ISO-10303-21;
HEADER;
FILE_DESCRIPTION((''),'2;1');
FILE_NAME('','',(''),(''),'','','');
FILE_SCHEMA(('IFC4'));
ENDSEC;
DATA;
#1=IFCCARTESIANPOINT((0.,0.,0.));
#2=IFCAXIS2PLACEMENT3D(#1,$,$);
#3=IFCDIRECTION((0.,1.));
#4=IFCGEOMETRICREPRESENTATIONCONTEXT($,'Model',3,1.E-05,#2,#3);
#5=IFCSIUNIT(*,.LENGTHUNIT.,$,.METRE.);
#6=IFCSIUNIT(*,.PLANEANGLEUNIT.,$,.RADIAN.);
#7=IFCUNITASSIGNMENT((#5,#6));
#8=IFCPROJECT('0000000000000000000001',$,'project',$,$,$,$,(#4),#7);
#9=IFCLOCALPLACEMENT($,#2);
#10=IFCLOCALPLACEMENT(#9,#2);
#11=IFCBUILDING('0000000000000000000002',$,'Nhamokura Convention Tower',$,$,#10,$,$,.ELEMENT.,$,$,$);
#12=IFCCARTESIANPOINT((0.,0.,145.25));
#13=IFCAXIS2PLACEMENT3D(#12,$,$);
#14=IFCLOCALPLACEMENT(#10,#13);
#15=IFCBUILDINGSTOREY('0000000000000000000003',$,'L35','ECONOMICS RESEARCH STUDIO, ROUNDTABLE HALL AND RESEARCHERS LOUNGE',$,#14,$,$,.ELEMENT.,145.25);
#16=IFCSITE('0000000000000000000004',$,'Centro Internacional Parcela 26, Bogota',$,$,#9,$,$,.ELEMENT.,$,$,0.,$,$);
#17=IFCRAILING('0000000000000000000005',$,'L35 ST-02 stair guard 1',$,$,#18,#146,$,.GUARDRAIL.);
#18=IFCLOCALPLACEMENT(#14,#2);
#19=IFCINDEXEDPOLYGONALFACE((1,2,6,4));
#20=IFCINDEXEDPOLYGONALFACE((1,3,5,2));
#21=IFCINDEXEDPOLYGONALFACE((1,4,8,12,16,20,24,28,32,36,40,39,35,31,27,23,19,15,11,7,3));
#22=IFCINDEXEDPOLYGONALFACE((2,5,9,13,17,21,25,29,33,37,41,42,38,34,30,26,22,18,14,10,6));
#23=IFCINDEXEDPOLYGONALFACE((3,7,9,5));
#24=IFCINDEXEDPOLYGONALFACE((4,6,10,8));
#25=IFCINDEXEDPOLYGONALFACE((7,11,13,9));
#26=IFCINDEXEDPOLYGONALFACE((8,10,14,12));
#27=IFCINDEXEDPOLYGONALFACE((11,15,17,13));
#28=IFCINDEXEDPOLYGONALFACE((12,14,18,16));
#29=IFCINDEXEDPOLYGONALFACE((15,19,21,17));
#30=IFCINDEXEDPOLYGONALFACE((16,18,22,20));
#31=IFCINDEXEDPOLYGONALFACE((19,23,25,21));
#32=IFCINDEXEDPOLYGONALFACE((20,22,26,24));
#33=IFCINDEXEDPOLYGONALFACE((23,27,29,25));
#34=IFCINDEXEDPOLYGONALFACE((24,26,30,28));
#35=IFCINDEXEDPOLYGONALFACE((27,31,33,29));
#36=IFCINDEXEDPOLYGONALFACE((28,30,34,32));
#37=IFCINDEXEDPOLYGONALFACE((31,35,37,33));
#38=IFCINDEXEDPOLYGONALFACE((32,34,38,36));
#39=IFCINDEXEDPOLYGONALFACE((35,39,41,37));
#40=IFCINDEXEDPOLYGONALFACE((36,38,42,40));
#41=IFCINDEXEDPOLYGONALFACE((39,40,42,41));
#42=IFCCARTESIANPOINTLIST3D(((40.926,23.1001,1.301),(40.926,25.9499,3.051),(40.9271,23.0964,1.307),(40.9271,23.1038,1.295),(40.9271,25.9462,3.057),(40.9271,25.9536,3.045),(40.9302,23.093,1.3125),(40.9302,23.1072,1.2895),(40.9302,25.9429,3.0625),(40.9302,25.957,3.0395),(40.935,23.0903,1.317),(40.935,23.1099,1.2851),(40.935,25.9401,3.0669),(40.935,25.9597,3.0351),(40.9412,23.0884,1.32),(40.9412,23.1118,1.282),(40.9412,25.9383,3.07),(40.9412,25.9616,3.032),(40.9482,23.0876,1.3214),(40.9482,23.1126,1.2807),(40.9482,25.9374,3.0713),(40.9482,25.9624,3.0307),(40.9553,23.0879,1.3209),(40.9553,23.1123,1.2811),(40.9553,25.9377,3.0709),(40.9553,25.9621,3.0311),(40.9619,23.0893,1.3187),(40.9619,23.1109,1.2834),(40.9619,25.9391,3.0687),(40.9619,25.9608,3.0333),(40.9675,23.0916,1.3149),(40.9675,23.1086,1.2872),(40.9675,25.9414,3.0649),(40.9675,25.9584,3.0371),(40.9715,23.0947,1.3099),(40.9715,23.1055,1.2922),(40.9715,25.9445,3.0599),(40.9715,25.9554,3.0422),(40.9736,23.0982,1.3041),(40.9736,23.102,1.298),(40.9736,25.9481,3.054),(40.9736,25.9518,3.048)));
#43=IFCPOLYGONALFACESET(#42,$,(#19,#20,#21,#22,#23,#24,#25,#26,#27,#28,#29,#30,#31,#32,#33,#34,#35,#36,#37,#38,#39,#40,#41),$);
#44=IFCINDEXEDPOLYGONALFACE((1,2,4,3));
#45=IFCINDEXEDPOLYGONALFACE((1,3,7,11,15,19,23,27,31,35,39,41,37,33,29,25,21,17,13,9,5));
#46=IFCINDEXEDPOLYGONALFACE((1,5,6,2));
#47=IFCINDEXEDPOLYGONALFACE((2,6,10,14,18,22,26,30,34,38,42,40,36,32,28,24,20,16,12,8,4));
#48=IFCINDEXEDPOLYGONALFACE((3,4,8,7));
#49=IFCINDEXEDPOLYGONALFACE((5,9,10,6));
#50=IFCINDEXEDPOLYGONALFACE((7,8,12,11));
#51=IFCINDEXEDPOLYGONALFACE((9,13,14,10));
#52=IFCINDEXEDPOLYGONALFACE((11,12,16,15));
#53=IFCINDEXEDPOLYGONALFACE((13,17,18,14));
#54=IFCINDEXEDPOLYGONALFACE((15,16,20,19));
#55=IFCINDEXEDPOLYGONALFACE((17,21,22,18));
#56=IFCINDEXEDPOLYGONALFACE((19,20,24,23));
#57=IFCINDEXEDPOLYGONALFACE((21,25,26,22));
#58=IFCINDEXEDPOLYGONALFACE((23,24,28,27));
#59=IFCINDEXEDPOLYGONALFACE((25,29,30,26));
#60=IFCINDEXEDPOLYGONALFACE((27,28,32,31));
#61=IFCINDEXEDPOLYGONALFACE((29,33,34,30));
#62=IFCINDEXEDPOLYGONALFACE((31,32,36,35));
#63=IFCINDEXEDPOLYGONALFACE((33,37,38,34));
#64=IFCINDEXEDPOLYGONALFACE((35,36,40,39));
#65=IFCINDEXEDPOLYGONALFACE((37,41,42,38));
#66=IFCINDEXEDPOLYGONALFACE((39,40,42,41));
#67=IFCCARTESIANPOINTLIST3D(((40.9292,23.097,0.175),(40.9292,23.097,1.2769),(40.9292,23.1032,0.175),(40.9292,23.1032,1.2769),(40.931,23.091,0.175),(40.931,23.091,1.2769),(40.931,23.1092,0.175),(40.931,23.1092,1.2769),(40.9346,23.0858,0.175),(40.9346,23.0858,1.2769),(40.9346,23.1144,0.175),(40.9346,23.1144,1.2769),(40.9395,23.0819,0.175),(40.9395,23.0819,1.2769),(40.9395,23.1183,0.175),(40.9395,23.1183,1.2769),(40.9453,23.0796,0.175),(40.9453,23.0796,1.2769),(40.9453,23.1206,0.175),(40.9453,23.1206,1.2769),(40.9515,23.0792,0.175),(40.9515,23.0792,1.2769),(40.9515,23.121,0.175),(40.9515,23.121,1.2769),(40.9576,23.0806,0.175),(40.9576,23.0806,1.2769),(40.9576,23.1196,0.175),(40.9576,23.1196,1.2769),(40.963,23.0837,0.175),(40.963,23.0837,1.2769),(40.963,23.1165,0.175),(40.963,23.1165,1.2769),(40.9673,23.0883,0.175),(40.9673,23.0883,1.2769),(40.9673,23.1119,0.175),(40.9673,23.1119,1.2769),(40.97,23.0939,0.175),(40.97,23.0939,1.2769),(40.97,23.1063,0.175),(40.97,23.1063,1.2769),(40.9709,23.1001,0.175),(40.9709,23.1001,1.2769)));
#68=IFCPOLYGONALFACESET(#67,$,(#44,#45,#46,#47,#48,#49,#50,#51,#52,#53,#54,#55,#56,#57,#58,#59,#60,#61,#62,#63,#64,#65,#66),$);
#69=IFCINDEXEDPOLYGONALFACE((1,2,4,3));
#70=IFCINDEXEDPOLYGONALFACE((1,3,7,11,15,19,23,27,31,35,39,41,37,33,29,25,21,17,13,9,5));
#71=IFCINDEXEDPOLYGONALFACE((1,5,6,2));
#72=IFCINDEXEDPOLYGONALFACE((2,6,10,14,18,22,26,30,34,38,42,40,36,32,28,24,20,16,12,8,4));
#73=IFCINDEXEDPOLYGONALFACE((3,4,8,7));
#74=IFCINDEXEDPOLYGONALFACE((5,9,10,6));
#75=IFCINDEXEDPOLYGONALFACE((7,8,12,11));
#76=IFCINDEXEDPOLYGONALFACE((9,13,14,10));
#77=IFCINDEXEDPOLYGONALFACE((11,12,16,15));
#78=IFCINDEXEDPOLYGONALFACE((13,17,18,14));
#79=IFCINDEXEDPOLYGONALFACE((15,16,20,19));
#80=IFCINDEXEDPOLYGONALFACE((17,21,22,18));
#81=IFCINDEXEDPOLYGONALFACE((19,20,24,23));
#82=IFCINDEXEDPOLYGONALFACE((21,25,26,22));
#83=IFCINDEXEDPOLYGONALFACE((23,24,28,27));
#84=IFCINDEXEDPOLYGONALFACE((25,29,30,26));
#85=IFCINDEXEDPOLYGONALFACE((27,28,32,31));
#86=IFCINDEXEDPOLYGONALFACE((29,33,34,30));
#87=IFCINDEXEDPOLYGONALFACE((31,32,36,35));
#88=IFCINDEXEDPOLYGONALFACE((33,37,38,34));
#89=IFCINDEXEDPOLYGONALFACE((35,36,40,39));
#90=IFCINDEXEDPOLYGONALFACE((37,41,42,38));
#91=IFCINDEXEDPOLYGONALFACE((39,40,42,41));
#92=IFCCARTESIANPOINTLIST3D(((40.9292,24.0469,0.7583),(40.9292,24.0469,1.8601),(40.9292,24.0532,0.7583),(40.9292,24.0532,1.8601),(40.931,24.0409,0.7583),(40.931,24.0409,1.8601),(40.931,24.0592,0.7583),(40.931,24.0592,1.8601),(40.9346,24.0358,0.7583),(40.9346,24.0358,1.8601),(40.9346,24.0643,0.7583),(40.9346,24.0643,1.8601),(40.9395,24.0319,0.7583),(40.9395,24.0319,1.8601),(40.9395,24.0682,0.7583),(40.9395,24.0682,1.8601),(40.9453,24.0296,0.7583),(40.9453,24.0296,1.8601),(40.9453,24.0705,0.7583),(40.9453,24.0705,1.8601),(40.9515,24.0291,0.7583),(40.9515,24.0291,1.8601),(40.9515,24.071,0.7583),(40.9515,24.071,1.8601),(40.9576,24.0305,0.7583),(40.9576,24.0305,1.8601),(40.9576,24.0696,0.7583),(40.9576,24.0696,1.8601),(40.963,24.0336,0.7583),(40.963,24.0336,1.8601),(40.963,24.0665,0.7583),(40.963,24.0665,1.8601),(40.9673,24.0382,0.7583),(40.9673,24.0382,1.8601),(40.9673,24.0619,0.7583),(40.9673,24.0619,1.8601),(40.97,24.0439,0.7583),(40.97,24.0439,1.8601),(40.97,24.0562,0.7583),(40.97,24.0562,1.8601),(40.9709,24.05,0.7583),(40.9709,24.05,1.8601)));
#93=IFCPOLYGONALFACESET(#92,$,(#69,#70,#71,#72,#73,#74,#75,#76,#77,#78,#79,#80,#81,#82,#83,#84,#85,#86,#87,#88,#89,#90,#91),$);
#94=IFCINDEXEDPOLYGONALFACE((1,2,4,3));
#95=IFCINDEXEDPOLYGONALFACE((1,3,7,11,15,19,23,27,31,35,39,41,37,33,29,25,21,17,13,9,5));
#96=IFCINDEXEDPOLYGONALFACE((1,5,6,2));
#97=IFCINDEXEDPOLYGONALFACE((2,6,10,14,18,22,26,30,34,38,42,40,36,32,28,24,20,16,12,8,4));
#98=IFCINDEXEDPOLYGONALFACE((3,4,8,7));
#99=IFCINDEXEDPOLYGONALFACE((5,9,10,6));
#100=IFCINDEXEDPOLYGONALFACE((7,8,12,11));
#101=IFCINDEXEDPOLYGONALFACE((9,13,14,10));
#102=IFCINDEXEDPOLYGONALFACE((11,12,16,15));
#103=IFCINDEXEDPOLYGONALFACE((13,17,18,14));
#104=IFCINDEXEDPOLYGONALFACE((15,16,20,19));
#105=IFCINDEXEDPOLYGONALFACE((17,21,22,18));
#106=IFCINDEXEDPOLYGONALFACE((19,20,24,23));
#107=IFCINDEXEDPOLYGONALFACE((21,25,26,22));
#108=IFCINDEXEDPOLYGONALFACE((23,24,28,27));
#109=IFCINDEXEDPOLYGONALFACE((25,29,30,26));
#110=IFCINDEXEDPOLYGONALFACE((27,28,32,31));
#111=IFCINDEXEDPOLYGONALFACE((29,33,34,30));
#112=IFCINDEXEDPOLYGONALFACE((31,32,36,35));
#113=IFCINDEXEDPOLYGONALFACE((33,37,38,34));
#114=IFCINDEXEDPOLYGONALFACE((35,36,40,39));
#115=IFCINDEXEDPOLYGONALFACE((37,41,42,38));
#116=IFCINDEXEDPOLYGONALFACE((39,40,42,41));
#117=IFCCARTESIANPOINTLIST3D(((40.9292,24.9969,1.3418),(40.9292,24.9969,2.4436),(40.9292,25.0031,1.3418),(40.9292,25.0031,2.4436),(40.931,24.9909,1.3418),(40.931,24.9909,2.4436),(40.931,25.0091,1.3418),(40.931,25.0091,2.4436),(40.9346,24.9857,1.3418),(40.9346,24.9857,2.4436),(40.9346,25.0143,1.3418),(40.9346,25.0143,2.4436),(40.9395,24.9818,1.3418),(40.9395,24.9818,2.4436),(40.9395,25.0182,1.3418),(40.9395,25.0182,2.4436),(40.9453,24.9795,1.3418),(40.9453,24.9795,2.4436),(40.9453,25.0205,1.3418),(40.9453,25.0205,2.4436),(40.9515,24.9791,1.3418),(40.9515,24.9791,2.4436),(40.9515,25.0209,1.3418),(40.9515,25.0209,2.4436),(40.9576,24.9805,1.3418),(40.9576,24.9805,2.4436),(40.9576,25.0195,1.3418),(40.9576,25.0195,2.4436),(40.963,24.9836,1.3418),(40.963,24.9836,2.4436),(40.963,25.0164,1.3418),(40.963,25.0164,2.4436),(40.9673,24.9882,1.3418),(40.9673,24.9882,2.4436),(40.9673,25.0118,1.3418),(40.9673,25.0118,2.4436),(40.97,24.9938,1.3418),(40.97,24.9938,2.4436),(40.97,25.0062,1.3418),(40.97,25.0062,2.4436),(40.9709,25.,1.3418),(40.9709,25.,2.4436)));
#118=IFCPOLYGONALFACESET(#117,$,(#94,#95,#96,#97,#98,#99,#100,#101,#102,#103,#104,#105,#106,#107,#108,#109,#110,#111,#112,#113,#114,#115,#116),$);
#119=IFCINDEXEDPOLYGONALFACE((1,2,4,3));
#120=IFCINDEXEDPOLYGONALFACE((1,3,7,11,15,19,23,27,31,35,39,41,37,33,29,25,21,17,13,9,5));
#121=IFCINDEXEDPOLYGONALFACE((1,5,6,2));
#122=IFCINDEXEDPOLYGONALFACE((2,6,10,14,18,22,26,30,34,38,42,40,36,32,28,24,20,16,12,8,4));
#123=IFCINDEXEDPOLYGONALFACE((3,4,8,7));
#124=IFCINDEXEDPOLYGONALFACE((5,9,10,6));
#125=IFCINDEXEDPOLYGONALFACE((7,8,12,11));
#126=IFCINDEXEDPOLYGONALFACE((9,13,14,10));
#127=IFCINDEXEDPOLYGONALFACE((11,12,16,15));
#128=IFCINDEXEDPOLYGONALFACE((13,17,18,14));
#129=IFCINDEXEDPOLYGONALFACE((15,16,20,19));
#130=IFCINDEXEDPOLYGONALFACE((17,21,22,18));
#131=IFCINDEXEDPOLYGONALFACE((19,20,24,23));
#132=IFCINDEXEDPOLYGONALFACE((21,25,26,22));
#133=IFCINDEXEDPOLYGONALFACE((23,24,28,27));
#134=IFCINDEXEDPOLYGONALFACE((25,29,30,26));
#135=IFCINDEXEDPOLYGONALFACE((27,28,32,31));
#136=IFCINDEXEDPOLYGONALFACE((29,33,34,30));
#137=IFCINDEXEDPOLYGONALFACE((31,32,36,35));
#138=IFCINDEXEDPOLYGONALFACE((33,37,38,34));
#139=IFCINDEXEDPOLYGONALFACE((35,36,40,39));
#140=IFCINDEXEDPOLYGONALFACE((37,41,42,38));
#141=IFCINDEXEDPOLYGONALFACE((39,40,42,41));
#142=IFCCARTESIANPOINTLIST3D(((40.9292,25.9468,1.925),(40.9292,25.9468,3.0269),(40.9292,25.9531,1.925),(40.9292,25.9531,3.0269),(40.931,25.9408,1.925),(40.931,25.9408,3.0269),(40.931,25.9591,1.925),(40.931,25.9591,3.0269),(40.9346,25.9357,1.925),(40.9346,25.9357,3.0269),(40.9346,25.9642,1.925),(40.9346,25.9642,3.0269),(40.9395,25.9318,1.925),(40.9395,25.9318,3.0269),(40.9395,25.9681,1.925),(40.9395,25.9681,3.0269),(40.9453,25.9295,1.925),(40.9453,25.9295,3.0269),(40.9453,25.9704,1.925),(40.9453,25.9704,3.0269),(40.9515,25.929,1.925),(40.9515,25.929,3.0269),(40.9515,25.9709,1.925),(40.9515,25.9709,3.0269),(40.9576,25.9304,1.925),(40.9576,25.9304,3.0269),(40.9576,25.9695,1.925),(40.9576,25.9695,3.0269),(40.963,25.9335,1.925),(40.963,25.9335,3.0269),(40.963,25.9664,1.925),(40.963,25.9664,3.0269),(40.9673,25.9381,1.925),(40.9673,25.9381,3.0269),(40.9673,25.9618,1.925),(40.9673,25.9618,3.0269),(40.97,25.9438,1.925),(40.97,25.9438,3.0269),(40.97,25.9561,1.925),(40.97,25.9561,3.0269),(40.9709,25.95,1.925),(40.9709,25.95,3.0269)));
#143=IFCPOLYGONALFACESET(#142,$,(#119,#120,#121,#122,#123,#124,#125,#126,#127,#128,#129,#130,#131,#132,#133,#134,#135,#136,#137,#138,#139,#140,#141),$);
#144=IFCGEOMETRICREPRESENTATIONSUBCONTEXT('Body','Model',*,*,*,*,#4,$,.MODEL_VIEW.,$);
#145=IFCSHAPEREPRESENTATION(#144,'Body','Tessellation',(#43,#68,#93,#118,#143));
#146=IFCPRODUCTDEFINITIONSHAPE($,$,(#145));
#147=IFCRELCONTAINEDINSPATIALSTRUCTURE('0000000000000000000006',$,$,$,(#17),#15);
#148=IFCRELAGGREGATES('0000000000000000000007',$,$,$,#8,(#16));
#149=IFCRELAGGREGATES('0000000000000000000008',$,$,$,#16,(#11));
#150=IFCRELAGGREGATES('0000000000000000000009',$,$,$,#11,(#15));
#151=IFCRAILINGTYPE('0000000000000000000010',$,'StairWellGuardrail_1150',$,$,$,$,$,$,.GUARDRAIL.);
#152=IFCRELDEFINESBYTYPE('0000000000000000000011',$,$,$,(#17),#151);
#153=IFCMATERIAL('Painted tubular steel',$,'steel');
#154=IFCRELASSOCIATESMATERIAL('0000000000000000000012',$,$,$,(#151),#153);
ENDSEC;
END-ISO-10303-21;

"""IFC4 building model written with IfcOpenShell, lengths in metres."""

from ifc_helpers import new_model, si_unit, direction, frame, origin, origin_2d, place, context, subcontext, project, spatial, circle, extrude, material, type_object, element, save


model = new_model("IFC4")

# Units and contexts
model_context = context("Model", 3, precision=1e-05, world=origin(), true_north=direction((0.0, 1.0)))
body_context = subcontext(model_context, "Body", "Model", "MODEL_VIEW")
ifc_project = project(units=[si_unit("LENGTHUNIT", "METRE"), si_unit("PLANEANGLEUNIT", "RADIAN")], contexts=[model_context])

# Site, building, storey
site_placement = place(None, origin())
site = spatial("IfcSite", under=ifc_project, at=site_placement, Name="Centro Internacional Parcela 26, Bogota", CompositionType="ELEMENT", RefElevation=0.0)
building_placement = place(site_placement, origin())
building = spatial("IfcBuilding", under=site, at=building_placement, Name="Nhamokura Convention Tower", CompositionType="ELEMENT")
storey_placement = place(building_placement, frame((0.0, 0.0, 145.25)))
storey = spatial("IfcBuildingStorey", under=building, at=storey_placement, Name="L35", Description="ECONOMICS RESEARCH STUDIO, ROUNDTABLE HALL AND RESEARCHERS LOUNGE", CompositionType="ELEMENT", Elevation=145.25)

# Railing
ifc_material_1 = material(Name="Painted tubular steel", Category="steel")
railing_type_1 = type_object("IfcRailingType", Name="StairWellGuardrail_1150", PredefinedType="GUARDRAIL", material=ifc_material_1)
railing_1_placement = place(storey_placement, frame((40.95, 23.1001, 0.175)))
element("IfcRailing", 1, at=railing_1_placement, inside=storey, type_object=railing_type_1, Name="L35 ST-02 stair guard 1", PredefinedType="GUARDRAIL", context=body_context, shape_type="SweptSolid", body=[
    extrude(circle(Radius=0.0239, at=origin_2d()), frame((0.0, 0.0, 1.126), z_axis=(0.0, 0.852159, 0.523283), x_axis=(-1.0, 0.0, 0.0)), (0.0, 0.0, 1.0), 3.3442),
    extrude(circle(Radius=0.021, at=origin_2d()), origin(), (0.0, 0.0, 1.0), 1.1018),
    extrude(circle(Radius=0.021, at=origin_2d()), frame((0.0, 0.95, 0.5833)), (0.0, 0.0, 1.0), 1.1018),
    extrude(circle(Radius=0.021, at=origin_2d()), frame((0.0, 1.8999, 1.1667)), (0.0, 0.0, 1.0), 1.1018),
    extrude(circle(Radius=0.021, at=origin_2d()), frame((0.0, 2.8499, 1.75)), (0.0, 0.0, 1.0), 1.1018),
])

save(model, "model.ifc")
